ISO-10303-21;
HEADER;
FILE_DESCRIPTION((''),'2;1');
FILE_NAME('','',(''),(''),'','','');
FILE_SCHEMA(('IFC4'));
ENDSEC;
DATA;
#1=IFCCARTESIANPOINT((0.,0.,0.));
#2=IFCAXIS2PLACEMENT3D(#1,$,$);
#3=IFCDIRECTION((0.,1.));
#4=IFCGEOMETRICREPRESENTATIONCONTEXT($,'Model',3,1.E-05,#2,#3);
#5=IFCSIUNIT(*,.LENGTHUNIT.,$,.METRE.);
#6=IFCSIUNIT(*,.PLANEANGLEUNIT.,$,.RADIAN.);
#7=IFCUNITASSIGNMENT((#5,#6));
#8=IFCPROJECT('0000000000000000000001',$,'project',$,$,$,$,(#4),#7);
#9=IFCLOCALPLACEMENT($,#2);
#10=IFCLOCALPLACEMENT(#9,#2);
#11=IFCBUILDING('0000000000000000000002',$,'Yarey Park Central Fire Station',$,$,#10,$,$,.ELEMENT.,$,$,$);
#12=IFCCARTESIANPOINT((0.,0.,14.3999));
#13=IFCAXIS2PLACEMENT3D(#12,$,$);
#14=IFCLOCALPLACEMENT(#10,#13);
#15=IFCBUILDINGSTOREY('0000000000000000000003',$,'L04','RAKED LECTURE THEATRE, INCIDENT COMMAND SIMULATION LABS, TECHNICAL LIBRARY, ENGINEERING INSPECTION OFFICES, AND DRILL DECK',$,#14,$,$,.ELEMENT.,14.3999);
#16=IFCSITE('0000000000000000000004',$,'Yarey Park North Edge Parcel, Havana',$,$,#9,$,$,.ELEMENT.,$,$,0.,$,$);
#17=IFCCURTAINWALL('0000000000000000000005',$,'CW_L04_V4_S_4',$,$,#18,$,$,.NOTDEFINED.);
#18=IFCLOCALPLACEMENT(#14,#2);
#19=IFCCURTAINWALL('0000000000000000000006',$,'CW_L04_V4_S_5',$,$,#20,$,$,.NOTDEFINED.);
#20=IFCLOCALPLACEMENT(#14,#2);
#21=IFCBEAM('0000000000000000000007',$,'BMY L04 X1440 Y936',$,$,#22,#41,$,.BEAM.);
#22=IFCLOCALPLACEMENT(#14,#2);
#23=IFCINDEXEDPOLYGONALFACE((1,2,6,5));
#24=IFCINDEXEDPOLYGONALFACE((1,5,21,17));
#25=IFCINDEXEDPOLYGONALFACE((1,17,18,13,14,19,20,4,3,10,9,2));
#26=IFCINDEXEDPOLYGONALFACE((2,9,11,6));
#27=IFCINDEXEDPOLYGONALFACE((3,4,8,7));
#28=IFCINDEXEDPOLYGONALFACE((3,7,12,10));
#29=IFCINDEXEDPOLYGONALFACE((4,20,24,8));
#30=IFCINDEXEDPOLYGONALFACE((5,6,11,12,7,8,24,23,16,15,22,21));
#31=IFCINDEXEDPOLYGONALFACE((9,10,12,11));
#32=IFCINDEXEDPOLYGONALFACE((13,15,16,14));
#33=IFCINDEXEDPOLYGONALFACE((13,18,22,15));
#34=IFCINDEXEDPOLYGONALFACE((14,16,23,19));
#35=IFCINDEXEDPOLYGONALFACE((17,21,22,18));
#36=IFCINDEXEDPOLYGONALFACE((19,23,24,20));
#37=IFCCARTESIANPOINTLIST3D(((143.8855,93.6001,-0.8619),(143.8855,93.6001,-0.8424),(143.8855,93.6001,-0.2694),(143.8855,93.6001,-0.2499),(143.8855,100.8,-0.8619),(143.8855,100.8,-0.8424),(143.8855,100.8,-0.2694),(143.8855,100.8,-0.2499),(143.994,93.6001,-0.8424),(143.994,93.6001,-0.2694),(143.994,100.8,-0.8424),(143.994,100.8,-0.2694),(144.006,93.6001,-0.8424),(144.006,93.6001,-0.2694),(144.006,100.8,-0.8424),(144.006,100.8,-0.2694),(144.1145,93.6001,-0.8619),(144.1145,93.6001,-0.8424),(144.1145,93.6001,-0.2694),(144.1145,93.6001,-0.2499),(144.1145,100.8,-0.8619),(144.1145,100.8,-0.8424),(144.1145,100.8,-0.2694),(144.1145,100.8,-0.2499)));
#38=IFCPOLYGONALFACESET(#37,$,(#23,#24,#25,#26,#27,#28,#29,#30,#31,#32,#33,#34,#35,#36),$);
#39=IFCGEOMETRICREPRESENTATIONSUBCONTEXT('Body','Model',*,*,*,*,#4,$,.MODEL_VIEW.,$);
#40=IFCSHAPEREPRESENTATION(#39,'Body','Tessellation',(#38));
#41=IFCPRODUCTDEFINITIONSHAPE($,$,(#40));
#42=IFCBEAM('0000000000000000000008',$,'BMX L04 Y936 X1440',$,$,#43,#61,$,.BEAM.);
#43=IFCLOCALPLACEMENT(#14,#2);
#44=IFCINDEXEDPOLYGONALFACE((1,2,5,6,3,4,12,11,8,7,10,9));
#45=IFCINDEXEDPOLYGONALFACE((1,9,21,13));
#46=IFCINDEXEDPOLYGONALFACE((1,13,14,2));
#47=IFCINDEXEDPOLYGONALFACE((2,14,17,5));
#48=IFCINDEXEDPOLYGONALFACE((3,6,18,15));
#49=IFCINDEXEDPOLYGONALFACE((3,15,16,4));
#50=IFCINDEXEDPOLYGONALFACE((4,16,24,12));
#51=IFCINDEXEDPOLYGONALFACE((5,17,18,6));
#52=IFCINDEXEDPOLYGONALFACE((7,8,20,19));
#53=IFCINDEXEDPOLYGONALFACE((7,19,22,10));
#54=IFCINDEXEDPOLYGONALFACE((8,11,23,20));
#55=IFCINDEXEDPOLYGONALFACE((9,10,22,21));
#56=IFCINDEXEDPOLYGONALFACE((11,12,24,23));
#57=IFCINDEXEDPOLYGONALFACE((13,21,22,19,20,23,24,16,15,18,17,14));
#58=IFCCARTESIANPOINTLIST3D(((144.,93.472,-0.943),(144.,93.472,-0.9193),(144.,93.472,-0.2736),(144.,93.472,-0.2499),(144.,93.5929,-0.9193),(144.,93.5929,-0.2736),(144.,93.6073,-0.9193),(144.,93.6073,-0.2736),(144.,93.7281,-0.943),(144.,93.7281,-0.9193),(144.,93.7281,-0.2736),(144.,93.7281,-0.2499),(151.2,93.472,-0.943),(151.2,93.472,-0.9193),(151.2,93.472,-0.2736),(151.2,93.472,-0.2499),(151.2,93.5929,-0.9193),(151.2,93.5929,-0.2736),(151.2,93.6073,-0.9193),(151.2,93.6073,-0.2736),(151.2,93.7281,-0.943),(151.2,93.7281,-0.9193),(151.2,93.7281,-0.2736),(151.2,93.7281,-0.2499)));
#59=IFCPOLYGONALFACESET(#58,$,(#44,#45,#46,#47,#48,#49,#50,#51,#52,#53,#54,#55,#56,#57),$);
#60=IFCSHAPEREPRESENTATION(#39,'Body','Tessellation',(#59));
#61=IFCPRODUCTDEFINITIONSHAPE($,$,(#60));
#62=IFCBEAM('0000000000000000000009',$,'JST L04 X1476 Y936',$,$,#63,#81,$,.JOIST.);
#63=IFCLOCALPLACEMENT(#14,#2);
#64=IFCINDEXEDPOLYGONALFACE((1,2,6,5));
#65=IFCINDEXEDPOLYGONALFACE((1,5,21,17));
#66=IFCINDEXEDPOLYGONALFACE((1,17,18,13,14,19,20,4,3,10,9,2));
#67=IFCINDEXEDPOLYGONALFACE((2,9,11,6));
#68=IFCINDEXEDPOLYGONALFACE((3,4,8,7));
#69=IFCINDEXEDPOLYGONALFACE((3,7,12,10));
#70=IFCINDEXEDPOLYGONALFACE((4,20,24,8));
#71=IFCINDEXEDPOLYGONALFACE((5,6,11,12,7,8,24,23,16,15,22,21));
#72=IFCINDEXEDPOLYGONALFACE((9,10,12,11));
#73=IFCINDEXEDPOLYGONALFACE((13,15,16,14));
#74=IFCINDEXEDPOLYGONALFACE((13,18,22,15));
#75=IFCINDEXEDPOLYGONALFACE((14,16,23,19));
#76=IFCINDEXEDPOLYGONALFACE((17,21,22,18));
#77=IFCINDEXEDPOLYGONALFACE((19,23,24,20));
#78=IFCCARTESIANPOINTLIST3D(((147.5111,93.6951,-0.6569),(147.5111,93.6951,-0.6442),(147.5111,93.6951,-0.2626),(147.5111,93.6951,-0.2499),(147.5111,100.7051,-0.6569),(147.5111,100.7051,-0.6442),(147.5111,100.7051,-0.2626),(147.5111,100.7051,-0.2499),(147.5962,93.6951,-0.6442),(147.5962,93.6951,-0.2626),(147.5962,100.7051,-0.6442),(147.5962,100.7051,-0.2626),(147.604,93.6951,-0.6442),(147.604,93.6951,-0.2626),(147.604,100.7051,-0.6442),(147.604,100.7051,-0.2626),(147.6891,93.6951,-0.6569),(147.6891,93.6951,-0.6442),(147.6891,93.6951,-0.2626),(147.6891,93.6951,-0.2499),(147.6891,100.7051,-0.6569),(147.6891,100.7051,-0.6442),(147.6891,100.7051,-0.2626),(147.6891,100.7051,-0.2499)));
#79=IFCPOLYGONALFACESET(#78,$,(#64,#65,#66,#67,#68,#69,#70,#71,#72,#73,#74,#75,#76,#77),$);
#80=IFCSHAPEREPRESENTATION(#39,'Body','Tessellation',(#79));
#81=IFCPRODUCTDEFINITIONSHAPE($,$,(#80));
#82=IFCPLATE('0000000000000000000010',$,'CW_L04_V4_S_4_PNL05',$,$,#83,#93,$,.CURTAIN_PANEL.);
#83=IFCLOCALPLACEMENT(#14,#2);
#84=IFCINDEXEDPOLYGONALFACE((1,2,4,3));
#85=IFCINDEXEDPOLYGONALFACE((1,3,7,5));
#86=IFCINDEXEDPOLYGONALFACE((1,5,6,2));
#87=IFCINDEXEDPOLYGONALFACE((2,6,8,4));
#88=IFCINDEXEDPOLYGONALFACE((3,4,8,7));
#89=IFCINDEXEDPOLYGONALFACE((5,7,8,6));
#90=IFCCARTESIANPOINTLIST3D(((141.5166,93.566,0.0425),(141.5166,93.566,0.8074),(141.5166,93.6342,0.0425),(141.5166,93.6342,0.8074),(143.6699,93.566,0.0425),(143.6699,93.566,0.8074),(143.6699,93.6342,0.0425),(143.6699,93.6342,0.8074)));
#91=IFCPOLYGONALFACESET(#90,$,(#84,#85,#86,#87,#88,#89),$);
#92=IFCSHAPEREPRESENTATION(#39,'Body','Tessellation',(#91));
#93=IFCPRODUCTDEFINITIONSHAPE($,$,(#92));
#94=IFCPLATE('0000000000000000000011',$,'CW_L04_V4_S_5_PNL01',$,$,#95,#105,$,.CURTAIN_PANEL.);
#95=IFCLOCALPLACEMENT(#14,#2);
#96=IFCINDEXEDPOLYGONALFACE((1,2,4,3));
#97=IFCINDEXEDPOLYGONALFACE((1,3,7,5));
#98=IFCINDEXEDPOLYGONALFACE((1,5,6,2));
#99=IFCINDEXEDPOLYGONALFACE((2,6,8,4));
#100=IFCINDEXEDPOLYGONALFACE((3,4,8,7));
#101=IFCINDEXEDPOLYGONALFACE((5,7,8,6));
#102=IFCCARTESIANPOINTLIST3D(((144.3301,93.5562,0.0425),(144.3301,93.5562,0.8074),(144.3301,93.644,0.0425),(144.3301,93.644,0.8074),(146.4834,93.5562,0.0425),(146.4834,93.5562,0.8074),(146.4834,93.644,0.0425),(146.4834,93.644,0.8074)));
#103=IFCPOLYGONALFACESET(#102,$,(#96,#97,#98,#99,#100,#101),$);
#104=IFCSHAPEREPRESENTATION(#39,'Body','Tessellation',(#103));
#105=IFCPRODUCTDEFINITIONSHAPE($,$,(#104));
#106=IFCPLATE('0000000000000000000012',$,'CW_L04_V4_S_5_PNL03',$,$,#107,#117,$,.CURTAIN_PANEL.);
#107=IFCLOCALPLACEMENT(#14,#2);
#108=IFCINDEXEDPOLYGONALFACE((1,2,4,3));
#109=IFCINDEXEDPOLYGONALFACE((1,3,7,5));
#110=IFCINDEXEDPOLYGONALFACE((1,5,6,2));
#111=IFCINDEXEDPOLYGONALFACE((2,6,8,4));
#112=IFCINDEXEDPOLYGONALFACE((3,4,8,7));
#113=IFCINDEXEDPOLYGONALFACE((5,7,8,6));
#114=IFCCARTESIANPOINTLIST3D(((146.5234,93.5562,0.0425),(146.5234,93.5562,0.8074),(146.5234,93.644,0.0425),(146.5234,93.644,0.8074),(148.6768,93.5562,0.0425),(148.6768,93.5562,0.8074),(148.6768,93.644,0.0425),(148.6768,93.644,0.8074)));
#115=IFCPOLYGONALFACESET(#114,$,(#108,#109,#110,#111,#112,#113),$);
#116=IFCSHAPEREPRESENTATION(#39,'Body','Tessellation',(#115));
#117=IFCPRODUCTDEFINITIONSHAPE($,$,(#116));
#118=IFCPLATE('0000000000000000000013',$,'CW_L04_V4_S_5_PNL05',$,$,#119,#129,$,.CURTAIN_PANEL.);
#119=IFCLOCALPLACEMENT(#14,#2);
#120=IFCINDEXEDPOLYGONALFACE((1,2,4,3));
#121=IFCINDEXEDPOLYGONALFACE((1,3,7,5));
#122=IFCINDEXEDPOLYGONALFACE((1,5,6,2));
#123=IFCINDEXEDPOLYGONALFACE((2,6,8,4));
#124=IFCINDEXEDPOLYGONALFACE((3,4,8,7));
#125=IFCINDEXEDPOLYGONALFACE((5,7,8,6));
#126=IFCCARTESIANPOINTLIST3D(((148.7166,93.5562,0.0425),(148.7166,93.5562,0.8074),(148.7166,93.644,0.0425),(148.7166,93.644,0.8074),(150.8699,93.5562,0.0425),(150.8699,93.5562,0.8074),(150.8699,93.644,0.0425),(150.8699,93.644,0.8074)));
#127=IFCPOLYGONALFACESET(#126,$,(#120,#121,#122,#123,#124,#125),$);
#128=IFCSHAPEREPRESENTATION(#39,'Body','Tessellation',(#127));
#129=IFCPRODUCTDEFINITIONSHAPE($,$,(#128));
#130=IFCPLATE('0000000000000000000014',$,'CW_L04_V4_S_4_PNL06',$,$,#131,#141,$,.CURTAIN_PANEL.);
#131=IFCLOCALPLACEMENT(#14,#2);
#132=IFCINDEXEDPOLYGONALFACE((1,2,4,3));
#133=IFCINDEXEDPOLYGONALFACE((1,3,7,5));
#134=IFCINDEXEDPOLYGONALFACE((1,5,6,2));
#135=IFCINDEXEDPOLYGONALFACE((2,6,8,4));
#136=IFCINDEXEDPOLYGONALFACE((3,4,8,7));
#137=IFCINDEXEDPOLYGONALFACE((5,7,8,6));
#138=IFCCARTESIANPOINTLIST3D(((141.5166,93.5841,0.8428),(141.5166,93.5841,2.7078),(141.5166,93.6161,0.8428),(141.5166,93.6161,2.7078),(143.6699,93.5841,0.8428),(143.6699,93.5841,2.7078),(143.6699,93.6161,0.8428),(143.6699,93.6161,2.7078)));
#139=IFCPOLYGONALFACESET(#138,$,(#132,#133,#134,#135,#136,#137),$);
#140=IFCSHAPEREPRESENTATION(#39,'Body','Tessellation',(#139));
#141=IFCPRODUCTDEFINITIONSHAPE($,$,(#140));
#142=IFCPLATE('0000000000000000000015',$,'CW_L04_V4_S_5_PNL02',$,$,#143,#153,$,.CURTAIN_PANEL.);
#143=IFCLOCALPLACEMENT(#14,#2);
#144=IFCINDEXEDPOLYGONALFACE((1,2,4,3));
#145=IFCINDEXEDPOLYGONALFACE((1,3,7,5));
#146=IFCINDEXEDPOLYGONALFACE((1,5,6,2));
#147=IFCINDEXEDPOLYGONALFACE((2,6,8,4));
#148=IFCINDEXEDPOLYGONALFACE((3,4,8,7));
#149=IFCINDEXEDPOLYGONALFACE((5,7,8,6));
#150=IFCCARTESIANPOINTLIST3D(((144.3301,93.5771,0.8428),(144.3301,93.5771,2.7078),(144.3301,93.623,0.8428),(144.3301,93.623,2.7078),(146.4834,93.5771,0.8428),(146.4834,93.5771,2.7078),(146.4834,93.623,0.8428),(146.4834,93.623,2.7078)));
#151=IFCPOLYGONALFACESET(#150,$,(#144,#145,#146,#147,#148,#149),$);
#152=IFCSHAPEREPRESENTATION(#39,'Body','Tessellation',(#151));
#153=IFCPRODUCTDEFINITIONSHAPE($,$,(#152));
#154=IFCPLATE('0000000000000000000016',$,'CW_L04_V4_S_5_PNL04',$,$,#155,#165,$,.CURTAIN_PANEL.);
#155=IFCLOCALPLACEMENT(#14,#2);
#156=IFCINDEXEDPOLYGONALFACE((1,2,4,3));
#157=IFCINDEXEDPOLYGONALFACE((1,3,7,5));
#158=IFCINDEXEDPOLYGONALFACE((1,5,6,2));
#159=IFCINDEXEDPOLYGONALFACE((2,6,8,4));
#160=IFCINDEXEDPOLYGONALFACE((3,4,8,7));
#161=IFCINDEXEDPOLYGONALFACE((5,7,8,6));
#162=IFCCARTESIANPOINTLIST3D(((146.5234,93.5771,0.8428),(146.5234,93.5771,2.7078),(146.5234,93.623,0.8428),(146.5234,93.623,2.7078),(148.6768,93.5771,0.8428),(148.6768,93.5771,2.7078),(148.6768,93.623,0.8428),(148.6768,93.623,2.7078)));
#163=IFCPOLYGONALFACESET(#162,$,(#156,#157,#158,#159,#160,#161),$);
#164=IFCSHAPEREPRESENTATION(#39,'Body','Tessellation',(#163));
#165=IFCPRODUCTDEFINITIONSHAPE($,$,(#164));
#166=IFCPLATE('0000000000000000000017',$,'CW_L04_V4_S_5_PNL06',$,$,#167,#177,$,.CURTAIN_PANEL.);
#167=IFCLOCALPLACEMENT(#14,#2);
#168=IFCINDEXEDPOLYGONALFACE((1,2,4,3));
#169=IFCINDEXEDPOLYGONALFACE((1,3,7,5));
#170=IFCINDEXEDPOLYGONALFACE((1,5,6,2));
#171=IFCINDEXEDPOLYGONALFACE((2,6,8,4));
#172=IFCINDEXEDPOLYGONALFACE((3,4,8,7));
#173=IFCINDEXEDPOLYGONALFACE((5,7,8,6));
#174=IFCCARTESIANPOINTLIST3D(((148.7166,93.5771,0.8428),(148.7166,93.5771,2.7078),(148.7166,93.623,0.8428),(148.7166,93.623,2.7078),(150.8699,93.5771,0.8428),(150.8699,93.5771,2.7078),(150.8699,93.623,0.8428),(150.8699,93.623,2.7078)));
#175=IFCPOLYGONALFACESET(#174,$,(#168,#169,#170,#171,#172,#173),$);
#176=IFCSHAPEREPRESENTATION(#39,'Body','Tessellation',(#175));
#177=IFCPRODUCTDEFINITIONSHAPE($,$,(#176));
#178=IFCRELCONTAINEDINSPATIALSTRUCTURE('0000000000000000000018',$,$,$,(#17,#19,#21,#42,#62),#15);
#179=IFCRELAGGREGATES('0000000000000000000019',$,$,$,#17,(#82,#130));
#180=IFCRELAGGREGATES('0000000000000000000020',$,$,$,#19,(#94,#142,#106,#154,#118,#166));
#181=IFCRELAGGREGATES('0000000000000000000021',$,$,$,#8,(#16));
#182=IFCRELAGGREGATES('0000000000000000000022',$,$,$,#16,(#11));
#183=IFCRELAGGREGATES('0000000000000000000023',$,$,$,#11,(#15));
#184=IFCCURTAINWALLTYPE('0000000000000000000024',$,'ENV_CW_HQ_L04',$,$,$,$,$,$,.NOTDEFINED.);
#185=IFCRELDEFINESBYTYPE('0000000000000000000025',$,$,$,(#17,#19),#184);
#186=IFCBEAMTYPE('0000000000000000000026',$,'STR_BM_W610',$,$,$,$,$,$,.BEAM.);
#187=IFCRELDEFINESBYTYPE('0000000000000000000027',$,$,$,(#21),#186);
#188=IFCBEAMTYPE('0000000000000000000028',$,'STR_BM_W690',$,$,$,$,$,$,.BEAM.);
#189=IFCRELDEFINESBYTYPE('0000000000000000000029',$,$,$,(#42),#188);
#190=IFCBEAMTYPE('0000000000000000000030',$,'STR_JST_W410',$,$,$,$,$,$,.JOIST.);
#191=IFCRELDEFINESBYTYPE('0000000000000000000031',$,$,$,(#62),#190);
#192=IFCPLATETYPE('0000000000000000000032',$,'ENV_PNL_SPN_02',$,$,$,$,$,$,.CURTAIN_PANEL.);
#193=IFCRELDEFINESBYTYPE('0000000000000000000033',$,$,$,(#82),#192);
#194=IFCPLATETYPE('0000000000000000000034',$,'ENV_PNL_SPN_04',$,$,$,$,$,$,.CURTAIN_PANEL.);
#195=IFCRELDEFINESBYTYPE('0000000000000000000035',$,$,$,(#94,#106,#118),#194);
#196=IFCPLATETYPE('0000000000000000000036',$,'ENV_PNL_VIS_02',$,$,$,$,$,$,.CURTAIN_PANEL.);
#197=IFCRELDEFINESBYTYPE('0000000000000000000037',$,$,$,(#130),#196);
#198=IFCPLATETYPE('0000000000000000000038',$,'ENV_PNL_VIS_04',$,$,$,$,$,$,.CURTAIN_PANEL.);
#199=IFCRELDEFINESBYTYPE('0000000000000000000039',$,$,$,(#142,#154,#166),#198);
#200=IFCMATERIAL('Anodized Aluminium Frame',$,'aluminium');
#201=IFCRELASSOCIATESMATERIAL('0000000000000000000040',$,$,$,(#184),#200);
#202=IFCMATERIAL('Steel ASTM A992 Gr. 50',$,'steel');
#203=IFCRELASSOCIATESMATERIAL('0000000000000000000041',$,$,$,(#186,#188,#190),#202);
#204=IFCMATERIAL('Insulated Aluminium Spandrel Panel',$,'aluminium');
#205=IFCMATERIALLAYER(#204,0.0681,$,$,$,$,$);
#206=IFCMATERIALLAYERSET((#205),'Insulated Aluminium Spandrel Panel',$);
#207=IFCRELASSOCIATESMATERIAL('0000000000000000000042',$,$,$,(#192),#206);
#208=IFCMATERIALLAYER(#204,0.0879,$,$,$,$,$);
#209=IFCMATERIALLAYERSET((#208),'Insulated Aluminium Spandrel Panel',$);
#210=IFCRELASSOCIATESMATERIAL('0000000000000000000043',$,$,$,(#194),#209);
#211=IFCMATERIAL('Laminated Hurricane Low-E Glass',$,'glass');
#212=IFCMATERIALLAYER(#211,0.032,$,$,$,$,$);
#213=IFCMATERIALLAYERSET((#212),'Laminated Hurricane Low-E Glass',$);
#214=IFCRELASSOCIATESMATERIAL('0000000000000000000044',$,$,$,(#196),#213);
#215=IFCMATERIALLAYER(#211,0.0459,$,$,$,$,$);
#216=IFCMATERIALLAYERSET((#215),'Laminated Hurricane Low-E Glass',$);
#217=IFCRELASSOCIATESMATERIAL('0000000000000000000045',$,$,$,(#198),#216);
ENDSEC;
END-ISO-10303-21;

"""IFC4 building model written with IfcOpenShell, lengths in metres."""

from ifc_helpers import new_model, si_unit, direction, frame, origin, origin_2d, place, context, subcontext, project, spatial, rectangle, i_section, extrude, material, layer, layer_set, material_profile, profile_set, type_object, element, aggregate, save


model = new_model("IFC4")

# Units and contexts
model_context = context("Model", 3, precision=1e-05, world=origin(), true_north=direction((0.0, 1.0)))
body_context = subcontext(model_context, "Body", "Model", "MODEL_VIEW")
ifc_project = project(units=[si_unit("LENGTHUNIT", "METRE"), si_unit("PLANEANGLEUNIT", "RADIAN")], contexts=[model_context])

# Site, building, storey
site_placement = place(None, origin())
site = spatial("IfcSite", under=ifc_project, at=site_placement, Name="Yarey Park North Edge Parcel, Havana", CompositionType="ELEMENT", RefElevation=0.0)
building_placement = place(site_placement, origin())
building = spatial("IfcBuilding", under=site, at=building_placement, Name="Yarey Park Central Fire Station", CompositionType="ELEMENT")
storey_placement = place(building_placement, frame((0.0, 0.0, 14.3999)))
storey = spatial("IfcBuildingStorey", under=building, at=storey_placement, Name="L04", Description="RAKED LECTURE THEATRE, INCIDENT COMMAND SIMULATION LABS, TECHNICAL LIBRARY, ENGINEERING INSPECTION OFFICES, AND DRILL DECK", CompositionType="ELEMENT", Elevation=14.3999)

# Curtain walls
ifc_material_1 = material(Name="Anodized Aluminium Frame", Category="aluminium")
curtain_wall_type = type_object("IfcCurtainWallType", Name="ENV_CW_HQ_L04", PredefinedType="NOTDEFINED", material=ifc_material_1)
curtain_wall_1_placement = place(storey_placement, origin())
curtain_wall_1 = element("IfcCurtainWall", 1, at=curtain_wall_1_placement, inside=storey, type_object=curtain_wall_type, Name="CW_L04_V4_S_4", PredefinedType="NOTDEFINED")
curtain_wall_2_placement = place(storey_placement, origin())
curtain_wall_2 = element("IfcCurtainWall", 2, at=curtain_wall_2_placement, inside=storey, type_object=curtain_wall_type, Name="CW_L04_V4_S_5", PredefinedType="NOTDEFINED")

# Beams
ifc_material_2 = material(Name="Steel ASTM A992 Gr. 50", Category="steel")
ifc_material_profile_1 = material_profile(ifc_material_2, i_section(OverallWidth=0.229, OverallDepth=0.6121, WebThickness=0.012, FlangeThickness=0.0195, at=origin_2d()), Name="W610x125")
ifc_profile_set_1 = profile_set([ifc_material_profile_1], Name="Steel ASTM A992 Gr. 50")
beam_type_1 = type_object("IfcBeamType", Name="STR_BM_W610", PredefinedType="BEAM", material=ifc_profile_set_1)
beam_1_placement = place(storey_placement, frame((144.0, 93.6001, -0.5559), z_axis=(0.0, 1.0, 0.0), x_axis=(-1.0, 0.0, 0.0)))
element("IfcBeam", 3, at=beam_1_placement, inside=storey, type_object=beam_type_1, Name="BMY L04 X1440 Y936", PredefinedType="BEAM", context=body_context, shape_type="SweptSolid", body=[
    extrude(i_section(OverallWidth=0.229, OverallDepth=0.6121, WebThickness=0.012, FlangeThickness=0.0195, at=origin_2d()), origin(), (0.0, 0.0, 1.0), 7.2),
])
ifc_material_profile_2 = material_profile(ifc_material_2, i_section(OverallWidth=0.2561, OverallDepth=0.6931, WebThickness=0.0144, FlangeThickness=0.0237, at=origin_2d()), Name="W690x170")
ifc_profile_set_2 = profile_set([ifc_material_profile_2], Name="Steel ASTM A992 Gr. 50")
beam_type_2 = type_object("IfcBeamType", Name="STR_BM_W690", PredefinedType="BEAM", material=ifc_profile_set_2)
beam_2_placement = place(storey_placement, frame((144.0, 93.6001, -0.5964), z_axis=(1.0, 0.0, 0.0), x_axis=(0.0, 1.0, 0.0)))
element("IfcBeam", 4, at=beam_2_placement, inside=storey, type_object=beam_type_2, Name="BMX L04 Y936 X1440", PredefinedType="BEAM", context=body_context, shape_type="SweptSolid", body=[
    extrude(i_section(OverallWidth=0.2561, OverallDepth=0.6931, WebThickness=0.0144, FlangeThickness=0.0237, at=origin_2d()), origin(), (0.0, 0.0, 1.0), 7.2),
])
ifc_material_profile_3 = material_profile(ifc_material_2, i_section(OverallWidth=0.178, OverallDepth=0.407, WebThickness=0.0078, FlangeThickness=0.0127, at=origin_2d()), Name="W410x60")
ifc_profile_set_3 = profile_set([ifc_material_profile_3], Name="Steel ASTM A992 Gr. 50")
beam_type_3 = type_object("IfcBeamType", Name="STR_JST_W410", PredefinedType="JOIST", material=ifc_profile_set_3)
beam_3_placement = place(storey_placement, frame((147.6001, 93.6951, -0.4534), z_axis=(0.0, 1.0, 0.0), x_axis=(-1.0, 0.0, 0.0)))
element("IfcBeam", 5, at=beam_3_placement, inside=storey, type_object=beam_type_3, Name="JST L04 X1476 Y936", PredefinedType="JOIST", context=body_context, shape_type="SweptSolid", body=[
    extrude(i_section(OverallWidth=0.178, OverallDepth=0.407, WebThickness=0.0078, FlangeThickness=0.0127, at=origin_2d()), origin(), (0.0, 0.0, 1.0), 7.01),
])

# Plates
ifc_material_3 = material(Name="Insulated Aluminium Spandrel Panel", Category="aluminium")
ifc_layer_1 = layer(ifc_material_3, 0.0681)
ifc_layer_set_1 = layer_set([ifc_layer_1], Name="Insulated Aluminium Spandrel Panel")
plate_type_1 = type_object("IfcPlateType", Name="ENV_PNL_SPN_02", PredefinedType="CURTAIN_PANEL", material=ifc_layer_set_1)
plate_1_placement = place(storey_placement, frame((142.5933, 93.6001, 0.0425), z_axis=(0.0, 0.0, 1.0), x_axis=(1.0, 0.0, 0.0)))
plate_1 = element("IfcPlate", 6, at=plate_1_placement, type_object=plate_type_1, Name="CW_L04_V4_S_4_PNL05", PredefinedType="CURTAIN_PANEL", context=body_context, shape_type="SweptSolid", body=[
    extrude(rectangle(XDim=2.1533, YDim=0.0681, at=origin_2d()), origin(), (0.0, 0.0, 1.0), 0.7649),
])
ifc_layer_2 = layer(ifc_material_3, 0.0879)
ifc_layer_set_2 = layer_set([ifc_layer_2], Name="Insulated Aluminium Spandrel Panel")
plate_type_2 = type_object("IfcPlateType", Name="ENV_PNL_SPN_04", PredefinedType="CURTAIN_PANEL", material=ifc_layer_set_2)
plate_2_placement = place(storey_placement, frame((145.4067, 93.6001, 0.0425), z_axis=(0.0, 0.0, 1.0), x_axis=(1.0, 0.0, 0.0)))
plate_2 = element("IfcPlate", 7, at=plate_2_placement, type_object=plate_type_2, Name="CW_L04_V4_S_5_PNL01", PredefinedType="CURTAIN_PANEL", context=body_context, shape_type="SweptSolid", body=[
    extrude(rectangle(XDim=2.1533, YDim=0.0879, at=origin_2d()), origin(), (0.0, 0.0, 1.0), 0.7649),
])
plate_3_placement = place(storey_placement, frame((147.6001, 93.6001, 0.0425), z_axis=(0.0, 0.0, 1.0), x_axis=(1.0, 0.0, 0.0)))
plate_3 = element("IfcPlate", 8, at=plate_3_placement, type_object=plate_type_2, Name="CW_L04_V4_S_5_PNL03", PredefinedType="CURTAIN_PANEL", context=body_context, shape_type="SweptSolid", body=[
    extrude(rectangle(XDim=2.1533, YDim=0.0879, at=origin_2d()), origin(), (0.0, 0.0, 1.0), 0.7649),
])
plate_4_placement = place(storey_placement, frame((149.7932, 93.6001, 0.0425), z_axis=(0.0, 0.0, 1.0), x_axis=(1.0, 0.0, 0.0)))
plate_4 = element("IfcPlate", 9, at=plate_4_placement, type_object=plate_type_2, Name="CW_L04_V4_S_5_PNL05", PredefinedType="CURTAIN_PANEL", context=body_context, shape_type="SweptSolid", body=[
    extrude(rectangle(XDim=2.1533, YDim=0.0879, at=origin_2d()), origin(), (0.0, 0.0, 1.0), 0.7649),
])
ifc_material_4 = material(Name="Laminated Hurricane Low-E Glass", Category="glass")
ifc_layer_3 = layer(ifc_material_4, 0.032)
ifc_layer_set_3 = layer_set([ifc_layer_3], Name="Laminated Hurricane Low-E Glass")
plate_type_3 = type_object("IfcPlateType", Name="ENV_PNL_VIS_02", PredefinedType="CURTAIN_PANEL", material=ifc_layer_set_3)
plate_5_placement = place(storey_placement, frame((142.5933, 93.6001, 0.8428), z_axis=(0.0, 0.0, 1.0), x_axis=(1.0, 0.0, 0.0)))
plate_5 = element("IfcPlate", 10, at=plate_5_placement, type_object=plate_type_3, Name="CW_L04_V4_S_4_PNL06", PredefinedType="CURTAIN_PANEL", context=body_context, shape_type="SweptSolid", body=[
    extrude(rectangle(XDim=2.1533, YDim=0.032, at=origin_2d()), origin(), (0.0, 0.0, 1.0), 1.865),
])
aggregate(curtain_wall_1, [plate_1, plate_5])
ifc_layer_4 = layer(ifc_material_4, 0.0459)
ifc_layer_set_4 = layer_set([ifc_layer_4], Name="Laminated Hurricane Low-E Glass")
plate_type_4 = type_object("IfcPlateType", Name="ENV_PNL_VIS_04", PredefinedType="CURTAIN_PANEL", material=ifc_layer_set_4)
plate_6_placement = place(storey_placement, frame((145.4067, 93.6001, 0.8428), z_axis=(0.0, 0.0, 1.0), x_axis=(1.0, 0.0, 0.0)))
plate_6 = element("IfcPlate", 11, at=plate_6_placement, type_object=plate_type_4, Name="CW_L04_V4_S_5_PNL02", PredefinedType="CURTAIN_PANEL", context=body_context, shape_type="SweptSolid", body=[
    extrude(rectangle(XDim=2.1533, YDim=0.0459, at=origin_2d()), origin(), (0.0, 0.0, 1.0), 1.865),
])
plate_7_placement = place(storey_placement, frame((147.6001, 93.6001, 0.8428), z_axis=(0.0, 0.0, 1.0), x_axis=(1.0, 0.0, 0.0)))
plate_7 = element("IfcPlate", 12, at=plate_7_placement, type_object=plate_type_4, Name="CW_L04_V4_S_5_PNL04", PredefinedType="CURTAIN_PANEL", context=body_context, shape_type="SweptSolid", body=[
    extrude(rectangle(XDim=2.1533, YDim=0.0459, at=origin_2d()), origin(), (0.0, 0.0, 1.0), 1.865),
])
plate_8_placement = place(storey_placement, frame((149.7932, 93.6001, 0.8428), z_axis=(0.0, 0.0, 1.0), x_axis=(1.0, 0.0, 0.0)))
plate_8 = element("IfcPlate", 13, at=plate_8_placement, type_object=plate_type_4, Name="CW_L04_V4_S_5_PNL06", PredefinedType="CURTAIN_PANEL", context=body_context, shape_type="SweptSolid", body=[
    extrude(rectangle(XDim=2.1533, YDim=0.0459, at=origin_2d()), origin(), (0.0, 0.0, 1.0), 1.865),
])
aggregate(curtain_wall_2, [plate_2, plate_6, plate_3, plate_7, plate_4, plate_8])

save(model, "model.ifc")
